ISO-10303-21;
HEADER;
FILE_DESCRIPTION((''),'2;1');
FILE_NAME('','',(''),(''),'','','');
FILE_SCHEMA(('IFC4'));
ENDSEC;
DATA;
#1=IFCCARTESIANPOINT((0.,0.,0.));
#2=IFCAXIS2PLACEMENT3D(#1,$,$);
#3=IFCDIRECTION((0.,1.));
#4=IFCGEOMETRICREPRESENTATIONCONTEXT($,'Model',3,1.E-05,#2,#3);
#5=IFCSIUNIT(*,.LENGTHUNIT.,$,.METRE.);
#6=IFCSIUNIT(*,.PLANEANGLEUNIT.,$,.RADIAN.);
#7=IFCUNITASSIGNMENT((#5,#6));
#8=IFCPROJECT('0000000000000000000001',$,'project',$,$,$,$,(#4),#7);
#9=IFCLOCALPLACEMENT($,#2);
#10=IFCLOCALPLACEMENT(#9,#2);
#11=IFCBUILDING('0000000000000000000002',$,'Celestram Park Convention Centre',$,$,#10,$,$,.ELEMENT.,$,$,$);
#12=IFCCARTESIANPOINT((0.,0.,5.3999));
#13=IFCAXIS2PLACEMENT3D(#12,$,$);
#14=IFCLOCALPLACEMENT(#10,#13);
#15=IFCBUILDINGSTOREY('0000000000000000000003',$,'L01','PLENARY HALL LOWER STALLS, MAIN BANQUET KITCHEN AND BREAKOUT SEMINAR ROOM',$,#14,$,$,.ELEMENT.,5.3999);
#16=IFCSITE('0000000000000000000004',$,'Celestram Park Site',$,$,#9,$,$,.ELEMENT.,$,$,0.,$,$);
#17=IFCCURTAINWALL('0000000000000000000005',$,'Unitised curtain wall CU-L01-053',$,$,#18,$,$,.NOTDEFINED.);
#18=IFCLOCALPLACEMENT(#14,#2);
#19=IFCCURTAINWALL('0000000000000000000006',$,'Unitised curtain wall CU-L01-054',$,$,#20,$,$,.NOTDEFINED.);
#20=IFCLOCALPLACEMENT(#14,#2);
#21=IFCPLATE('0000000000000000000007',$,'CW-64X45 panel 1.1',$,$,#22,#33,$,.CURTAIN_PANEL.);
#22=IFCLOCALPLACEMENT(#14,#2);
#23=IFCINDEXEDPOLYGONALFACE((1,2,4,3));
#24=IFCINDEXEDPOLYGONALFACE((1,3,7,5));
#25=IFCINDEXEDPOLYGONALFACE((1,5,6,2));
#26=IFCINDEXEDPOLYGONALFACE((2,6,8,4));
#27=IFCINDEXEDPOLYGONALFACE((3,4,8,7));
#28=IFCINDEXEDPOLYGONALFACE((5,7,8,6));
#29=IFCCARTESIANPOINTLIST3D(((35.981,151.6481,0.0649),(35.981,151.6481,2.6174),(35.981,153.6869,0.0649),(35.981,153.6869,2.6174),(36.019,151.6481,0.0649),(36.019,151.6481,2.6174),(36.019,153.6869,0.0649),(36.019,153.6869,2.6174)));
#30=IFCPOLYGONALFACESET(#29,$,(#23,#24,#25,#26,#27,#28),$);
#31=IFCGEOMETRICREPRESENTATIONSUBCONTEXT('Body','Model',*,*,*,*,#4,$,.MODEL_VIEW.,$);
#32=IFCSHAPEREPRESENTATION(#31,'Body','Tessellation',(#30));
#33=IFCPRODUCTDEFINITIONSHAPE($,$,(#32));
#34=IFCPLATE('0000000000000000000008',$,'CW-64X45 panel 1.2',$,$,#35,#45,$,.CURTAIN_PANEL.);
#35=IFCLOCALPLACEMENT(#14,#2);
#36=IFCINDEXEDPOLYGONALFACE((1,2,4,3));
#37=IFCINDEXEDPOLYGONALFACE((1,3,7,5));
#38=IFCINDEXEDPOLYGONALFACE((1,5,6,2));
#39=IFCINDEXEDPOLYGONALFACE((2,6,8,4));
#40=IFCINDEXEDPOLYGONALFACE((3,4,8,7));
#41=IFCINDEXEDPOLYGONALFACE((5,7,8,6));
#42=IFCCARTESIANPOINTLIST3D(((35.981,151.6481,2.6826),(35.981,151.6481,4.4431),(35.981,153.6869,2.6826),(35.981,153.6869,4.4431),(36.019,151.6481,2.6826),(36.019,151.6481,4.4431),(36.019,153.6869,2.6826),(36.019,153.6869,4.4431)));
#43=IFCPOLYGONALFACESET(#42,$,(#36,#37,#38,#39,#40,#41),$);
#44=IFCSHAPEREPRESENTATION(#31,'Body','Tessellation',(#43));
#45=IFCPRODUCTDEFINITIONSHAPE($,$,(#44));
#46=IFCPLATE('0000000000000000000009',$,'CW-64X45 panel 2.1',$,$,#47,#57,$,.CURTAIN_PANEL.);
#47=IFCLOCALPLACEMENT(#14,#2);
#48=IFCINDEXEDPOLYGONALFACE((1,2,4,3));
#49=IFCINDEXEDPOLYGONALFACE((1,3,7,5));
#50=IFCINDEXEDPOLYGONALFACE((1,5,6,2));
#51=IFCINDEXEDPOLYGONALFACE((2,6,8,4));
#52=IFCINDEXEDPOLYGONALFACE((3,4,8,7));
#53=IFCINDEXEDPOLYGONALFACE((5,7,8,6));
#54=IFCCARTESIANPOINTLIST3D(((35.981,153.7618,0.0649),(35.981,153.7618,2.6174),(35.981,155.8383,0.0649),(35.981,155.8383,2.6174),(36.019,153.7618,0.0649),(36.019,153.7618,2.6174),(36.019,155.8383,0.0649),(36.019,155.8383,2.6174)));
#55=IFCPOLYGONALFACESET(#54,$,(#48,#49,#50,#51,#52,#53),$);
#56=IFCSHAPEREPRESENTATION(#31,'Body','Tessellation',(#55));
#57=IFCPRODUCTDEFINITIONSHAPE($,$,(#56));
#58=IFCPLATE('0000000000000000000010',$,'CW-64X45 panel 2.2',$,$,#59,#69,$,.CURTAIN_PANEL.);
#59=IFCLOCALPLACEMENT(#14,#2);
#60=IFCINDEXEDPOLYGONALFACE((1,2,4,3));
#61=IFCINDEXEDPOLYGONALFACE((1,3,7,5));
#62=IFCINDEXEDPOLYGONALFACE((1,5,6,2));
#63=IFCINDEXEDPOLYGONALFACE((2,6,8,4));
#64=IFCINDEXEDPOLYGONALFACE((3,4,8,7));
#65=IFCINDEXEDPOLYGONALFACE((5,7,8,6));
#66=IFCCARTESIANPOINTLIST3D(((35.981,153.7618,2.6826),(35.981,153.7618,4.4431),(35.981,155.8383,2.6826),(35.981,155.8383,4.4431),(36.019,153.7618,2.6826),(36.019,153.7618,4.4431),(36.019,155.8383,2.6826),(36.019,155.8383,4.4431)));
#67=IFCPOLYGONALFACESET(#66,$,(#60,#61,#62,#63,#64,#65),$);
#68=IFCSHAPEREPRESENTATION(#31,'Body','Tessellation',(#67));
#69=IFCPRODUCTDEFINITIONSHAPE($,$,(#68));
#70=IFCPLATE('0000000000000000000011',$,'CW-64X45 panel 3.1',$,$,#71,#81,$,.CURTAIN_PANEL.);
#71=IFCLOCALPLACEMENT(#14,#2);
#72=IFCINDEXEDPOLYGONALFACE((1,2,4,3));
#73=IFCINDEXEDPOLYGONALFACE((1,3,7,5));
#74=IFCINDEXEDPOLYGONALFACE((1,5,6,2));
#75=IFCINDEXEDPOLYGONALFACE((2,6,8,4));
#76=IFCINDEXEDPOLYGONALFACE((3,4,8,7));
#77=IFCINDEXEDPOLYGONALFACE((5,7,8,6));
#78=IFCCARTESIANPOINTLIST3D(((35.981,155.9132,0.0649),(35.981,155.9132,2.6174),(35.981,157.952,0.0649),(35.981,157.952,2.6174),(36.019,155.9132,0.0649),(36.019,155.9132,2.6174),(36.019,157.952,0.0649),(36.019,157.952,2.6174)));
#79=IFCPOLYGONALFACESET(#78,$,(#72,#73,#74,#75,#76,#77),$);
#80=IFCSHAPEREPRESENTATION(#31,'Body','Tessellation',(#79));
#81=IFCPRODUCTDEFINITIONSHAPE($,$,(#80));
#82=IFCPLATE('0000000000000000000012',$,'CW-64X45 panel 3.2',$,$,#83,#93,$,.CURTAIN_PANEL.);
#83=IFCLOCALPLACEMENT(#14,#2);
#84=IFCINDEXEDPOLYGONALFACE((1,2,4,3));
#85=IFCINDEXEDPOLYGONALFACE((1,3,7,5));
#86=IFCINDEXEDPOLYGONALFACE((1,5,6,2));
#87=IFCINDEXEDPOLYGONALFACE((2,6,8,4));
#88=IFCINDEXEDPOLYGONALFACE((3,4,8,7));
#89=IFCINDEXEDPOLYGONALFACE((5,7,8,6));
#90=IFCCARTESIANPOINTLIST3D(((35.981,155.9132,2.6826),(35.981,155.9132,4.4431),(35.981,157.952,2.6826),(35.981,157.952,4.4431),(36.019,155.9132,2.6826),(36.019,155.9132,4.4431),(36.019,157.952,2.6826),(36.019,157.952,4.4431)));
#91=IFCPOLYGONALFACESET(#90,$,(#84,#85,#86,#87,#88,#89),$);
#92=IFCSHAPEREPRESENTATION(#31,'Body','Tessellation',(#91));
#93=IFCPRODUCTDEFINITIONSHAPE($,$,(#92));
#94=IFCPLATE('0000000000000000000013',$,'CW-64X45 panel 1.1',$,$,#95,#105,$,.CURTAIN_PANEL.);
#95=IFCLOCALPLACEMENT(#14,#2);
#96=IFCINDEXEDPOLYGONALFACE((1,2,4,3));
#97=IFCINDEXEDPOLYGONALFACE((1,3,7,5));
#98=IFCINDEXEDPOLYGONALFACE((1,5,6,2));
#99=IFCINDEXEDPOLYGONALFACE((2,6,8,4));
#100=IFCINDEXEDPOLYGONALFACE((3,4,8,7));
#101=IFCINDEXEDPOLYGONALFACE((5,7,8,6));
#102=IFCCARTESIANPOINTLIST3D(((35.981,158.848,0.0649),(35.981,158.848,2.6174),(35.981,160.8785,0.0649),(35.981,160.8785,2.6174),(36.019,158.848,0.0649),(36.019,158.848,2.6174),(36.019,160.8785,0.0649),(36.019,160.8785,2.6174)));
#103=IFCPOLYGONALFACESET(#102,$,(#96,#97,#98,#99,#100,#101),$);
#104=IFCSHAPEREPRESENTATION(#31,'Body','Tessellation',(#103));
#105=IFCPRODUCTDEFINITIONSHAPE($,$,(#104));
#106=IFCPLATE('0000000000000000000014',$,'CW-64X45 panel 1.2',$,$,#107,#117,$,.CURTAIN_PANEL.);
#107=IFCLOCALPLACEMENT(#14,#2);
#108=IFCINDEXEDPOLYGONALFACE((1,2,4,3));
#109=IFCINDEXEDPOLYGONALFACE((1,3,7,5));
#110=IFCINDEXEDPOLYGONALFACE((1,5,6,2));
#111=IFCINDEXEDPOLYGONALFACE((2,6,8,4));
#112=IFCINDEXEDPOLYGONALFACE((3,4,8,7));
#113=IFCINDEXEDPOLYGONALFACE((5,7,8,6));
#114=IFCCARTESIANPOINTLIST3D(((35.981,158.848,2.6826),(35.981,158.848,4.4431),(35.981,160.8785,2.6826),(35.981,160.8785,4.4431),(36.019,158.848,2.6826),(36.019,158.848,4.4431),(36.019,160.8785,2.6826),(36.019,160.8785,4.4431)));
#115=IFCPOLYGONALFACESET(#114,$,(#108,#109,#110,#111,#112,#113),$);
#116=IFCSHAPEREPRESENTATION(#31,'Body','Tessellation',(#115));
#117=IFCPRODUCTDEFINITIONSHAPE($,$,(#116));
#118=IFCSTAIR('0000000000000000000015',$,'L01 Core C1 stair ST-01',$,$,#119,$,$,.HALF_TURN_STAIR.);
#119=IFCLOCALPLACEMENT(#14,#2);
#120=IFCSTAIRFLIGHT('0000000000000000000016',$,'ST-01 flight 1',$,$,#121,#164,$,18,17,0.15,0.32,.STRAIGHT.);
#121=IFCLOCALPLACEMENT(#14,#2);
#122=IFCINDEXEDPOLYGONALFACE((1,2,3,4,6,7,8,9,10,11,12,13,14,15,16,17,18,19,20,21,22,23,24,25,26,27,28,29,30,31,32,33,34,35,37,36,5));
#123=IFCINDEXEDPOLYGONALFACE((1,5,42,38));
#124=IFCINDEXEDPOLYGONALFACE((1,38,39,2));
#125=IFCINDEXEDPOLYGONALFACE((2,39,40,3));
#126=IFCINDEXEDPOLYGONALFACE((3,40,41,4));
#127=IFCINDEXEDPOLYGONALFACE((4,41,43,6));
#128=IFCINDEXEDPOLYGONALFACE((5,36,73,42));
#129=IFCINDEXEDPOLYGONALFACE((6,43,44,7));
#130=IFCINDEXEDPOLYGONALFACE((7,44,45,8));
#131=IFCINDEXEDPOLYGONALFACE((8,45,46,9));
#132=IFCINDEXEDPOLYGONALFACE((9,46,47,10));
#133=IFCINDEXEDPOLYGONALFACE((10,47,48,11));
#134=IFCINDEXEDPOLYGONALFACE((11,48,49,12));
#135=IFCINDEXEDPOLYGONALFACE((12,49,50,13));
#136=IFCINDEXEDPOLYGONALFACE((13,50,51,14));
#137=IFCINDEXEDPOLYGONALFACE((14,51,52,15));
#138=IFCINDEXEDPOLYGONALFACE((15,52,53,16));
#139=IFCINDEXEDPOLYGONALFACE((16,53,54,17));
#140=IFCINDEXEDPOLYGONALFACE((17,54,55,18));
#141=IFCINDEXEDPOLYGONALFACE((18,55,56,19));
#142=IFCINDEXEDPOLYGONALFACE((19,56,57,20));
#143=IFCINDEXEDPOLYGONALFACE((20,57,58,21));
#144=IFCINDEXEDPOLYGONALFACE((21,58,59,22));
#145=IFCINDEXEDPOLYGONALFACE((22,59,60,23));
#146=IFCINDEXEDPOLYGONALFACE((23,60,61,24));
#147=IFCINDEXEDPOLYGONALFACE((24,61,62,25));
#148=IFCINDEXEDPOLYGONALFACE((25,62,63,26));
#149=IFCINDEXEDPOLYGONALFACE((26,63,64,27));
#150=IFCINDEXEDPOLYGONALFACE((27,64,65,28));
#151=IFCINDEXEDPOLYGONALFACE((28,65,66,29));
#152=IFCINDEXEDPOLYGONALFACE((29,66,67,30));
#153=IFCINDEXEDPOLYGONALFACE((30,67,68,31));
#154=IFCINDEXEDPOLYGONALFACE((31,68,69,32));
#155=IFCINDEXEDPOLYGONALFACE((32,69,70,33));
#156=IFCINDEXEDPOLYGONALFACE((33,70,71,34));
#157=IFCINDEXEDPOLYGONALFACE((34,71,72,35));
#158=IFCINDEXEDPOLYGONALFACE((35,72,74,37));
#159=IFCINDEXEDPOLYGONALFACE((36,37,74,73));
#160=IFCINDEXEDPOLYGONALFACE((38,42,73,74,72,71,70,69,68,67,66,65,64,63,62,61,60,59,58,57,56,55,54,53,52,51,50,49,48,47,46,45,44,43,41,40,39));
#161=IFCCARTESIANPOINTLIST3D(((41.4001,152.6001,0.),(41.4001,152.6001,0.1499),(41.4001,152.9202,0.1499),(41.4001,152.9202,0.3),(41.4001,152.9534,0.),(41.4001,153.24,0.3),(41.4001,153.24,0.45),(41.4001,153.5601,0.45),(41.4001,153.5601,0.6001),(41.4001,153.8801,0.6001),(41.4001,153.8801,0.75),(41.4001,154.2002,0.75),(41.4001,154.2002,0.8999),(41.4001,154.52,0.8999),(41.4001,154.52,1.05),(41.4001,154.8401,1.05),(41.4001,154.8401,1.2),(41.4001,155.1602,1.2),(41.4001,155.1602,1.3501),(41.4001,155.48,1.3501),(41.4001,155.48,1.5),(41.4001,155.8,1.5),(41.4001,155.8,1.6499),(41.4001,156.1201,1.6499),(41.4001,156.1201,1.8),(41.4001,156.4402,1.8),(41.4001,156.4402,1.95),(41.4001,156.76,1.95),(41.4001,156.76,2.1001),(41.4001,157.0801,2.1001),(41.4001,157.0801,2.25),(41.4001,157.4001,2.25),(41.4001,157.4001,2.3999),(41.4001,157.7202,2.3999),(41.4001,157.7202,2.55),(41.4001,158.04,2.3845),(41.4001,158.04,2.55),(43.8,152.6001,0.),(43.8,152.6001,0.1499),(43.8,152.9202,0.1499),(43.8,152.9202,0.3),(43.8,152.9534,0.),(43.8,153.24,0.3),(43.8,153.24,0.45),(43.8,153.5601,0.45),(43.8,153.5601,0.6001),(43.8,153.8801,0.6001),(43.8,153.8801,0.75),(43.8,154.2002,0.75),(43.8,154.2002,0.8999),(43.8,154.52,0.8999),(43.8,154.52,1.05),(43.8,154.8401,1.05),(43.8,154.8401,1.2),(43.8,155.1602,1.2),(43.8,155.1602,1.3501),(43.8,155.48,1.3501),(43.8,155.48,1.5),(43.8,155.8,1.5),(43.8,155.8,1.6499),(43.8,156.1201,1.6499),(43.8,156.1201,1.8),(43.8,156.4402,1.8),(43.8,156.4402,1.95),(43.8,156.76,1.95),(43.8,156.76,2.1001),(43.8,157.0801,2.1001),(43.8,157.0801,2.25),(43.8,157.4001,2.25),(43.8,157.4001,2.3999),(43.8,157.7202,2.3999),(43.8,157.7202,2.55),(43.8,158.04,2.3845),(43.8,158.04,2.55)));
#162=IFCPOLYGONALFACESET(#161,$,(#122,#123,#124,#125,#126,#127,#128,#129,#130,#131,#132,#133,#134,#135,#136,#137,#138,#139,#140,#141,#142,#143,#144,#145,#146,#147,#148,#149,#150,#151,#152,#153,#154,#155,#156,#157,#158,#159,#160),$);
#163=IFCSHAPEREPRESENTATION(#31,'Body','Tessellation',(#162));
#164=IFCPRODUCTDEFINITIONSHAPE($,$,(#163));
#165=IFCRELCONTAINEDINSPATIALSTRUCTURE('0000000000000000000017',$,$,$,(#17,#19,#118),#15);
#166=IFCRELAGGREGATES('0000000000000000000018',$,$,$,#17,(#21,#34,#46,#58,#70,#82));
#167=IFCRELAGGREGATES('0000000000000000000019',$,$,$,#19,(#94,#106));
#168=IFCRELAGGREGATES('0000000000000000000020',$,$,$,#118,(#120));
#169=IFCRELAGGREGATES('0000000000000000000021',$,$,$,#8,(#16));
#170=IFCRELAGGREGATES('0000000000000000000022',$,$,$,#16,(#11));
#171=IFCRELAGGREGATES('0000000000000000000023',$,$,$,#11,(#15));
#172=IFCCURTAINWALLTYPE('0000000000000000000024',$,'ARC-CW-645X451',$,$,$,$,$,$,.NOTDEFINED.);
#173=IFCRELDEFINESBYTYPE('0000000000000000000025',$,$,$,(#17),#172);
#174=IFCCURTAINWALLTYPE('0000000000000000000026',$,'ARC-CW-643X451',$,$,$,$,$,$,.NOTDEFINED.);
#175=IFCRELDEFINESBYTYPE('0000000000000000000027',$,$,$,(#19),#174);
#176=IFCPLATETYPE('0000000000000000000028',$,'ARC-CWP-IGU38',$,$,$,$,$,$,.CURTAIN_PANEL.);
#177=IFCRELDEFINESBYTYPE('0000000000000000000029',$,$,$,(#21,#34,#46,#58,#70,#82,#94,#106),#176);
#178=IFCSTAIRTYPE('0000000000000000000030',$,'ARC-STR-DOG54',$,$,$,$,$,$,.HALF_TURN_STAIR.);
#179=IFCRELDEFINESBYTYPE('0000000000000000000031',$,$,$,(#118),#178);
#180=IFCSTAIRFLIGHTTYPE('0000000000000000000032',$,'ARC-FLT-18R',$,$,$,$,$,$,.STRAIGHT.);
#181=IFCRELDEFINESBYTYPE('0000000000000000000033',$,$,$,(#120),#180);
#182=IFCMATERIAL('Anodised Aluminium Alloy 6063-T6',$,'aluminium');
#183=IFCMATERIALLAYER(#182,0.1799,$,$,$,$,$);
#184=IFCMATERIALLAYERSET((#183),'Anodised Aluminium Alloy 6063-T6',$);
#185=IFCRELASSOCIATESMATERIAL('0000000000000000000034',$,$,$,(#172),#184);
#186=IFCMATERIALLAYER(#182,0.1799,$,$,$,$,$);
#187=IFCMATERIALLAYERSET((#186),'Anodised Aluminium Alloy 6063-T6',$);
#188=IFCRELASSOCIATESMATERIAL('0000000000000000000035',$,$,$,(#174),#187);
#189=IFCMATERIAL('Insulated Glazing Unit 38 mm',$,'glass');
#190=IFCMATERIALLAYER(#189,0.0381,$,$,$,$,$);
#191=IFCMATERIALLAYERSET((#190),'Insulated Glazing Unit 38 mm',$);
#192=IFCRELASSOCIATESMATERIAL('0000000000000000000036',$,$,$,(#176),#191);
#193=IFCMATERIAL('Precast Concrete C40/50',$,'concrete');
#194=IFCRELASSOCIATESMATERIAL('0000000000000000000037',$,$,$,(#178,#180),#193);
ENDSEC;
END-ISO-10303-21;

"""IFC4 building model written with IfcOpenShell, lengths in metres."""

from ifc_helpers import new_model, si_unit, direction, frame, origin, origin_2d, place, context, subcontext, project, spatial, polyline, rectangle, outline, extrude, material, layer, layer_set, type_object, element, aggregate, save


model = new_model("IFC4")

# Units and contexts
model_context = context("Model", 3, precision=1e-05, world=origin(), true_north=direction((0.0, 1.0)))
body_context = subcontext(model_context, "Body", "Model", "MODEL_VIEW")
ifc_project = project(units=[si_unit("LENGTHUNIT", "METRE"), si_unit("PLANEANGLEUNIT", "RADIAN")], contexts=[model_context])

# Site, building, storey
site_placement = place(None, origin())
site = spatial("IfcSite", under=ifc_project, at=site_placement, Name="Celestram Park Site", CompositionType="ELEMENT", RefElevation=0.0)
building_placement = place(site_placement, origin())
building = spatial("IfcBuilding", under=site, at=building_placement, Name="Celestram Park Convention Centre", CompositionType="ELEMENT")
storey_placement = place(building_placement, frame((0.0, 0.0, 5.3999)))
storey = spatial("IfcBuildingStorey", under=building, at=storey_placement, Name="L01", Description="PLENARY HALL LOWER STALLS, MAIN BANQUET KITCHEN AND BREAKOUT SEMINAR ROOM", CompositionType="ELEMENT", Elevation=5.3999)

# Curtain wall
ifc_material_1 = material(Name="Anodised Aluminium Alloy 6063-T6", Category="aluminium")
ifc_layer_1 = layer(ifc_material_1, 0.1799)
ifc_layer_set_1 = layer_set([ifc_layer_1], Name="Anodised Aluminium Alloy 6063-T6")
curtain_wall_type_1 = type_object("IfcCurtainWallType", Name="ARC-CW-645X451", PredefinedType="NOTDEFINED", material=ifc_layer_set_1)
curtain_wall_1_placement = place(storey_placement, origin())
curtain_wall_1 = element("IfcCurtainWall", 1, at=curtain_wall_1_placement, inside=storey, type_object=curtain_wall_type_1, Name="Unitised curtain wall CU-L01-053", PredefinedType="NOTDEFINED")

# Curtain wall
ifc_layer_2 = layer(ifc_material_1, 0.1799)
ifc_layer_set_2 = layer_set([ifc_layer_2], Name="Anodised Aluminium Alloy 6063-T6")
curtain_wall_type_2 = type_object("IfcCurtainWallType", Name="ARC-CW-643X451", PredefinedType="NOTDEFINED", material=ifc_layer_set_2)
curtain_wall_2_placement = place(storey_placement, origin())
curtain_wall_2 = element("IfcCurtainWall", 2, at=curtain_wall_2_placement, inside=storey, type_object=curtain_wall_type_2, Name="Unitised curtain wall CU-L01-054", PredefinedType="NOTDEFINED")

# Plates
ifc_material_2 = material(Name="Insulated Glazing Unit 38 mm", Category="glass")
ifc_layer_3 = layer(ifc_material_2, 0.0381)
ifc_layer_set_3 = layer_set([ifc_layer_3], Name="Insulated Glazing Unit 38 mm")
plate_type = type_object("IfcPlateType", Name="ARC-CWP-IGU38", PredefinedType="CURTAIN_PANEL", material=ifc_layer_set_3)
plate_1_placement = place(storey_placement, frame((36.0, 152.6675, 0.0649), z_axis=(0.0, 0.0, 1.0), x_axis=(0.0, 1.0, 0.0)))
plate_1 = element("IfcPlate", 3, at=plate_1_placement, type_object=plate_type, Name="CW-64X45 panel 1.1", PredefinedType="CURTAIN_PANEL", context=body_context, shape_type="SweptSolid", body=[
    extrude(rectangle(XDim=2.0388, YDim=0.0381, at=origin_2d()), origin(), (0.0, 0.0, 1.0), 2.5525),
])
plate_2_placement = place(storey_placement, frame((36.0, 152.6675, 2.6826), z_axis=(0.0, 0.0, 1.0), x_axis=(0.0, 1.0, 0.0)))
plate_2 = element("IfcPlate", 4, at=plate_2_placement, type_object=plate_type, Name="CW-64X45 panel 1.2", PredefinedType="CURTAIN_PANEL", context=body_context, shape_type="SweptSolid", body=[
    extrude(rectangle(XDim=2.0388, YDim=0.0381, at=origin_2d()), origin(), (0.0, 0.0, 1.0), 1.7605),
])
plate_3_placement = place(storey_placement, frame((36.0, 154.8, 0.0649), z_axis=(0.0, 0.0, 1.0), x_axis=(0.0, 1.0, 0.0)))
plate_3 = element("IfcPlate", 5, at=plate_3_placement, type_object=plate_type, Name="CW-64X45 panel 2.1", PredefinedType="CURTAIN_PANEL", context=body_context, shape_type="SweptSolid", body=[
    extrude(rectangle(XDim=2.0764, YDim=0.0381, at=origin_2d()), origin(), (0.0, 0.0, 1.0), 2.5525),
])
plate_4_placement = place(storey_placement, frame((36.0, 154.8, 2.6826), z_axis=(0.0, 0.0, 1.0), x_axis=(0.0, 1.0, 0.0)))
plate_4 = element("IfcPlate", 6, at=plate_4_placement, type_object=plate_type, Name="CW-64X45 panel 2.2", PredefinedType="CURTAIN_PANEL", context=body_context, shape_type="SweptSolid", body=[
    extrude(rectangle(XDim=2.0764, YDim=0.0381, at=origin_2d()), origin(), (0.0, 0.0, 1.0), 1.7605),
])
plate_5_placement = place(storey_placement, frame((36.0, 156.9326, 0.0649), z_axis=(0.0, 0.0, 1.0), x_axis=(0.0, 1.0, 0.0)))
plate_5 = element("IfcPlate", 7, at=plate_5_placement, type_object=plate_type, Name="CW-64X45 panel 3.1", PredefinedType="CURTAIN_PANEL", context=body_context, shape_type="SweptSolid", body=[
    extrude(rectangle(XDim=2.0388, YDim=0.0381, at=origin_2d()), origin(), (0.0, 0.0, 1.0), 2.5525),
])
plate_6_placement = place(storey_placement, frame((36.0, 156.9326, 2.6826), z_axis=(0.0, 0.0, 1.0), x_axis=(0.0, 1.0, 0.0)))
plate_6 = element("IfcPlate", 8, at=plate_6_placement, type_object=plate_type, Name="CW-64X45 panel 3.2", PredefinedType="CURTAIN_PANEL", context=body_context, shape_type="SweptSolid", body=[
    extrude(rectangle(XDim=2.0388, YDim=0.0381, at=origin_2d()), origin(), (0.0, 0.0, 1.0), 1.7605),
])
aggregate(curtain_wall_1, [plate_1, plate_2, plate_3, plate_4, plate_5, plate_6])
plate_7_placement = place(storey_placement, frame((36.0, 159.8633, 0.0649), z_axis=(0.0, 0.0, 1.0), x_axis=(0.0, 1.0, 0.0)))
plate_7 = element("IfcPlate", 9, at=plate_7_placement, type_object=plate_type, Name="CW-64X45 panel 1.1", PredefinedType="CURTAIN_PANEL", context=body_context, shape_type="SweptSolid", body=[
    extrude(rectangle(XDim=2.0305, YDim=0.0381, at=origin_2d()), origin(), (0.0, 0.0, 1.0), 2.5525),
])
plate_8_placement = place(storey_placement, frame((36.0, 159.8633, 2.6826), z_axis=(0.0, 0.0, 1.0), x_axis=(0.0, 1.0, 0.0)))
plate_8 = element("IfcPlate", 10, at=plate_8_placement, type_object=plate_type, Name="CW-64X45 panel 1.2", PredefinedType="CURTAIN_PANEL", context=body_context, shape_type="SweptSolid", body=[
    extrude(rectangle(XDim=2.0305, YDim=0.0381, at=origin_2d()), origin(), (0.0, 0.0, 1.0), 1.7605),
])
aggregate(curtain_wall_2, [plate_7, plate_8])

# Stair, stair flight
ifc_material_3 = material(Name="Precast Concrete C40/50", Category="concrete")
stair_type = type_object("IfcStairType", Name="ARC-STR-DOG54", PredefinedType="HALF_TURN_STAIR", material=ifc_material_3)
stair_placement = place(storey_placement, origin())
stair = element("IfcStair", 11, at=stair_placement, inside=storey, type_object=stair_type, Name="L01 Core C1 stair ST-01", PredefinedType="HALF_TURN_STAIR")
stair_flight_type = type_object("IfcStairFlightType", Name="ARC-FLT-18R", PredefinedType="STRAIGHT", material=ifc_material_3)
stair_flight_1_placement = place(storey_placement, frame((42.6001, 152.6001, 0.0), z_axis=(0.0, 0.0, 1.0), x_axis=(0.0, 1.0, 0.0)))
stair_flight_1 = element("IfcStairFlight", 12, at=stair_flight_1_placement, type_object=stair_flight_type, Name="ST-01 flight 1", NumberOfRisers=18, NumberOfTreads=17, PredefinedType="STRAIGHT", RiserHeight=0.15, TreadLength=0.32, context=body_context, shape_type="SweptSolid", body=[
    extrude(outline(polyline([(0.0, 0.0), (0.0, 0.1499), (0.3201, 0.1499), (0.3201, 0.3), (0.6399, 0.3), (0.6399, 0.45), (0.96, 0.45), (0.96, 0.6001), (1.28, 0.6001), (1.28, 0.75), (1.6001, 0.75), (1.6001, 0.8999), (1.9199, 0.8999), (1.9199, 1.05), (2.24, 1.05), (2.24, 1.2), (2.5601, 1.2), (2.5601, 1.3501), (2.8799, 1.3501), (2.8799, 1.5), (3.2, 1.5), (3.2, 1.6499), (3.52, 1.6499), (3.52, 1.8), (3.8401, 1.8), (3.8401, 1.95), (4.1599, 1.95), (4.1599, 2.1001), (4.48, 2.1001), (4.48, 2.25), (4.8, 2.25), (4.8, 2.3999), (5.1201, 2.3999), (5.1201, 2.55), (5.4399, 2.55), (5.4399, 2.7), (5.4399, 2.3845), (0.3533, 0.0), (0.0, 0.0)])), frame((0.0, 1.2, 0.0), z_axis=(0.0, -1.0, 0.0), x_axis=(1.0, 0.0, 0.0)), (0.0, 0.0, 1.0), 2.3999),
])
aggregate(stair, [stair_flight_1])

save(model, "model.ifc")
